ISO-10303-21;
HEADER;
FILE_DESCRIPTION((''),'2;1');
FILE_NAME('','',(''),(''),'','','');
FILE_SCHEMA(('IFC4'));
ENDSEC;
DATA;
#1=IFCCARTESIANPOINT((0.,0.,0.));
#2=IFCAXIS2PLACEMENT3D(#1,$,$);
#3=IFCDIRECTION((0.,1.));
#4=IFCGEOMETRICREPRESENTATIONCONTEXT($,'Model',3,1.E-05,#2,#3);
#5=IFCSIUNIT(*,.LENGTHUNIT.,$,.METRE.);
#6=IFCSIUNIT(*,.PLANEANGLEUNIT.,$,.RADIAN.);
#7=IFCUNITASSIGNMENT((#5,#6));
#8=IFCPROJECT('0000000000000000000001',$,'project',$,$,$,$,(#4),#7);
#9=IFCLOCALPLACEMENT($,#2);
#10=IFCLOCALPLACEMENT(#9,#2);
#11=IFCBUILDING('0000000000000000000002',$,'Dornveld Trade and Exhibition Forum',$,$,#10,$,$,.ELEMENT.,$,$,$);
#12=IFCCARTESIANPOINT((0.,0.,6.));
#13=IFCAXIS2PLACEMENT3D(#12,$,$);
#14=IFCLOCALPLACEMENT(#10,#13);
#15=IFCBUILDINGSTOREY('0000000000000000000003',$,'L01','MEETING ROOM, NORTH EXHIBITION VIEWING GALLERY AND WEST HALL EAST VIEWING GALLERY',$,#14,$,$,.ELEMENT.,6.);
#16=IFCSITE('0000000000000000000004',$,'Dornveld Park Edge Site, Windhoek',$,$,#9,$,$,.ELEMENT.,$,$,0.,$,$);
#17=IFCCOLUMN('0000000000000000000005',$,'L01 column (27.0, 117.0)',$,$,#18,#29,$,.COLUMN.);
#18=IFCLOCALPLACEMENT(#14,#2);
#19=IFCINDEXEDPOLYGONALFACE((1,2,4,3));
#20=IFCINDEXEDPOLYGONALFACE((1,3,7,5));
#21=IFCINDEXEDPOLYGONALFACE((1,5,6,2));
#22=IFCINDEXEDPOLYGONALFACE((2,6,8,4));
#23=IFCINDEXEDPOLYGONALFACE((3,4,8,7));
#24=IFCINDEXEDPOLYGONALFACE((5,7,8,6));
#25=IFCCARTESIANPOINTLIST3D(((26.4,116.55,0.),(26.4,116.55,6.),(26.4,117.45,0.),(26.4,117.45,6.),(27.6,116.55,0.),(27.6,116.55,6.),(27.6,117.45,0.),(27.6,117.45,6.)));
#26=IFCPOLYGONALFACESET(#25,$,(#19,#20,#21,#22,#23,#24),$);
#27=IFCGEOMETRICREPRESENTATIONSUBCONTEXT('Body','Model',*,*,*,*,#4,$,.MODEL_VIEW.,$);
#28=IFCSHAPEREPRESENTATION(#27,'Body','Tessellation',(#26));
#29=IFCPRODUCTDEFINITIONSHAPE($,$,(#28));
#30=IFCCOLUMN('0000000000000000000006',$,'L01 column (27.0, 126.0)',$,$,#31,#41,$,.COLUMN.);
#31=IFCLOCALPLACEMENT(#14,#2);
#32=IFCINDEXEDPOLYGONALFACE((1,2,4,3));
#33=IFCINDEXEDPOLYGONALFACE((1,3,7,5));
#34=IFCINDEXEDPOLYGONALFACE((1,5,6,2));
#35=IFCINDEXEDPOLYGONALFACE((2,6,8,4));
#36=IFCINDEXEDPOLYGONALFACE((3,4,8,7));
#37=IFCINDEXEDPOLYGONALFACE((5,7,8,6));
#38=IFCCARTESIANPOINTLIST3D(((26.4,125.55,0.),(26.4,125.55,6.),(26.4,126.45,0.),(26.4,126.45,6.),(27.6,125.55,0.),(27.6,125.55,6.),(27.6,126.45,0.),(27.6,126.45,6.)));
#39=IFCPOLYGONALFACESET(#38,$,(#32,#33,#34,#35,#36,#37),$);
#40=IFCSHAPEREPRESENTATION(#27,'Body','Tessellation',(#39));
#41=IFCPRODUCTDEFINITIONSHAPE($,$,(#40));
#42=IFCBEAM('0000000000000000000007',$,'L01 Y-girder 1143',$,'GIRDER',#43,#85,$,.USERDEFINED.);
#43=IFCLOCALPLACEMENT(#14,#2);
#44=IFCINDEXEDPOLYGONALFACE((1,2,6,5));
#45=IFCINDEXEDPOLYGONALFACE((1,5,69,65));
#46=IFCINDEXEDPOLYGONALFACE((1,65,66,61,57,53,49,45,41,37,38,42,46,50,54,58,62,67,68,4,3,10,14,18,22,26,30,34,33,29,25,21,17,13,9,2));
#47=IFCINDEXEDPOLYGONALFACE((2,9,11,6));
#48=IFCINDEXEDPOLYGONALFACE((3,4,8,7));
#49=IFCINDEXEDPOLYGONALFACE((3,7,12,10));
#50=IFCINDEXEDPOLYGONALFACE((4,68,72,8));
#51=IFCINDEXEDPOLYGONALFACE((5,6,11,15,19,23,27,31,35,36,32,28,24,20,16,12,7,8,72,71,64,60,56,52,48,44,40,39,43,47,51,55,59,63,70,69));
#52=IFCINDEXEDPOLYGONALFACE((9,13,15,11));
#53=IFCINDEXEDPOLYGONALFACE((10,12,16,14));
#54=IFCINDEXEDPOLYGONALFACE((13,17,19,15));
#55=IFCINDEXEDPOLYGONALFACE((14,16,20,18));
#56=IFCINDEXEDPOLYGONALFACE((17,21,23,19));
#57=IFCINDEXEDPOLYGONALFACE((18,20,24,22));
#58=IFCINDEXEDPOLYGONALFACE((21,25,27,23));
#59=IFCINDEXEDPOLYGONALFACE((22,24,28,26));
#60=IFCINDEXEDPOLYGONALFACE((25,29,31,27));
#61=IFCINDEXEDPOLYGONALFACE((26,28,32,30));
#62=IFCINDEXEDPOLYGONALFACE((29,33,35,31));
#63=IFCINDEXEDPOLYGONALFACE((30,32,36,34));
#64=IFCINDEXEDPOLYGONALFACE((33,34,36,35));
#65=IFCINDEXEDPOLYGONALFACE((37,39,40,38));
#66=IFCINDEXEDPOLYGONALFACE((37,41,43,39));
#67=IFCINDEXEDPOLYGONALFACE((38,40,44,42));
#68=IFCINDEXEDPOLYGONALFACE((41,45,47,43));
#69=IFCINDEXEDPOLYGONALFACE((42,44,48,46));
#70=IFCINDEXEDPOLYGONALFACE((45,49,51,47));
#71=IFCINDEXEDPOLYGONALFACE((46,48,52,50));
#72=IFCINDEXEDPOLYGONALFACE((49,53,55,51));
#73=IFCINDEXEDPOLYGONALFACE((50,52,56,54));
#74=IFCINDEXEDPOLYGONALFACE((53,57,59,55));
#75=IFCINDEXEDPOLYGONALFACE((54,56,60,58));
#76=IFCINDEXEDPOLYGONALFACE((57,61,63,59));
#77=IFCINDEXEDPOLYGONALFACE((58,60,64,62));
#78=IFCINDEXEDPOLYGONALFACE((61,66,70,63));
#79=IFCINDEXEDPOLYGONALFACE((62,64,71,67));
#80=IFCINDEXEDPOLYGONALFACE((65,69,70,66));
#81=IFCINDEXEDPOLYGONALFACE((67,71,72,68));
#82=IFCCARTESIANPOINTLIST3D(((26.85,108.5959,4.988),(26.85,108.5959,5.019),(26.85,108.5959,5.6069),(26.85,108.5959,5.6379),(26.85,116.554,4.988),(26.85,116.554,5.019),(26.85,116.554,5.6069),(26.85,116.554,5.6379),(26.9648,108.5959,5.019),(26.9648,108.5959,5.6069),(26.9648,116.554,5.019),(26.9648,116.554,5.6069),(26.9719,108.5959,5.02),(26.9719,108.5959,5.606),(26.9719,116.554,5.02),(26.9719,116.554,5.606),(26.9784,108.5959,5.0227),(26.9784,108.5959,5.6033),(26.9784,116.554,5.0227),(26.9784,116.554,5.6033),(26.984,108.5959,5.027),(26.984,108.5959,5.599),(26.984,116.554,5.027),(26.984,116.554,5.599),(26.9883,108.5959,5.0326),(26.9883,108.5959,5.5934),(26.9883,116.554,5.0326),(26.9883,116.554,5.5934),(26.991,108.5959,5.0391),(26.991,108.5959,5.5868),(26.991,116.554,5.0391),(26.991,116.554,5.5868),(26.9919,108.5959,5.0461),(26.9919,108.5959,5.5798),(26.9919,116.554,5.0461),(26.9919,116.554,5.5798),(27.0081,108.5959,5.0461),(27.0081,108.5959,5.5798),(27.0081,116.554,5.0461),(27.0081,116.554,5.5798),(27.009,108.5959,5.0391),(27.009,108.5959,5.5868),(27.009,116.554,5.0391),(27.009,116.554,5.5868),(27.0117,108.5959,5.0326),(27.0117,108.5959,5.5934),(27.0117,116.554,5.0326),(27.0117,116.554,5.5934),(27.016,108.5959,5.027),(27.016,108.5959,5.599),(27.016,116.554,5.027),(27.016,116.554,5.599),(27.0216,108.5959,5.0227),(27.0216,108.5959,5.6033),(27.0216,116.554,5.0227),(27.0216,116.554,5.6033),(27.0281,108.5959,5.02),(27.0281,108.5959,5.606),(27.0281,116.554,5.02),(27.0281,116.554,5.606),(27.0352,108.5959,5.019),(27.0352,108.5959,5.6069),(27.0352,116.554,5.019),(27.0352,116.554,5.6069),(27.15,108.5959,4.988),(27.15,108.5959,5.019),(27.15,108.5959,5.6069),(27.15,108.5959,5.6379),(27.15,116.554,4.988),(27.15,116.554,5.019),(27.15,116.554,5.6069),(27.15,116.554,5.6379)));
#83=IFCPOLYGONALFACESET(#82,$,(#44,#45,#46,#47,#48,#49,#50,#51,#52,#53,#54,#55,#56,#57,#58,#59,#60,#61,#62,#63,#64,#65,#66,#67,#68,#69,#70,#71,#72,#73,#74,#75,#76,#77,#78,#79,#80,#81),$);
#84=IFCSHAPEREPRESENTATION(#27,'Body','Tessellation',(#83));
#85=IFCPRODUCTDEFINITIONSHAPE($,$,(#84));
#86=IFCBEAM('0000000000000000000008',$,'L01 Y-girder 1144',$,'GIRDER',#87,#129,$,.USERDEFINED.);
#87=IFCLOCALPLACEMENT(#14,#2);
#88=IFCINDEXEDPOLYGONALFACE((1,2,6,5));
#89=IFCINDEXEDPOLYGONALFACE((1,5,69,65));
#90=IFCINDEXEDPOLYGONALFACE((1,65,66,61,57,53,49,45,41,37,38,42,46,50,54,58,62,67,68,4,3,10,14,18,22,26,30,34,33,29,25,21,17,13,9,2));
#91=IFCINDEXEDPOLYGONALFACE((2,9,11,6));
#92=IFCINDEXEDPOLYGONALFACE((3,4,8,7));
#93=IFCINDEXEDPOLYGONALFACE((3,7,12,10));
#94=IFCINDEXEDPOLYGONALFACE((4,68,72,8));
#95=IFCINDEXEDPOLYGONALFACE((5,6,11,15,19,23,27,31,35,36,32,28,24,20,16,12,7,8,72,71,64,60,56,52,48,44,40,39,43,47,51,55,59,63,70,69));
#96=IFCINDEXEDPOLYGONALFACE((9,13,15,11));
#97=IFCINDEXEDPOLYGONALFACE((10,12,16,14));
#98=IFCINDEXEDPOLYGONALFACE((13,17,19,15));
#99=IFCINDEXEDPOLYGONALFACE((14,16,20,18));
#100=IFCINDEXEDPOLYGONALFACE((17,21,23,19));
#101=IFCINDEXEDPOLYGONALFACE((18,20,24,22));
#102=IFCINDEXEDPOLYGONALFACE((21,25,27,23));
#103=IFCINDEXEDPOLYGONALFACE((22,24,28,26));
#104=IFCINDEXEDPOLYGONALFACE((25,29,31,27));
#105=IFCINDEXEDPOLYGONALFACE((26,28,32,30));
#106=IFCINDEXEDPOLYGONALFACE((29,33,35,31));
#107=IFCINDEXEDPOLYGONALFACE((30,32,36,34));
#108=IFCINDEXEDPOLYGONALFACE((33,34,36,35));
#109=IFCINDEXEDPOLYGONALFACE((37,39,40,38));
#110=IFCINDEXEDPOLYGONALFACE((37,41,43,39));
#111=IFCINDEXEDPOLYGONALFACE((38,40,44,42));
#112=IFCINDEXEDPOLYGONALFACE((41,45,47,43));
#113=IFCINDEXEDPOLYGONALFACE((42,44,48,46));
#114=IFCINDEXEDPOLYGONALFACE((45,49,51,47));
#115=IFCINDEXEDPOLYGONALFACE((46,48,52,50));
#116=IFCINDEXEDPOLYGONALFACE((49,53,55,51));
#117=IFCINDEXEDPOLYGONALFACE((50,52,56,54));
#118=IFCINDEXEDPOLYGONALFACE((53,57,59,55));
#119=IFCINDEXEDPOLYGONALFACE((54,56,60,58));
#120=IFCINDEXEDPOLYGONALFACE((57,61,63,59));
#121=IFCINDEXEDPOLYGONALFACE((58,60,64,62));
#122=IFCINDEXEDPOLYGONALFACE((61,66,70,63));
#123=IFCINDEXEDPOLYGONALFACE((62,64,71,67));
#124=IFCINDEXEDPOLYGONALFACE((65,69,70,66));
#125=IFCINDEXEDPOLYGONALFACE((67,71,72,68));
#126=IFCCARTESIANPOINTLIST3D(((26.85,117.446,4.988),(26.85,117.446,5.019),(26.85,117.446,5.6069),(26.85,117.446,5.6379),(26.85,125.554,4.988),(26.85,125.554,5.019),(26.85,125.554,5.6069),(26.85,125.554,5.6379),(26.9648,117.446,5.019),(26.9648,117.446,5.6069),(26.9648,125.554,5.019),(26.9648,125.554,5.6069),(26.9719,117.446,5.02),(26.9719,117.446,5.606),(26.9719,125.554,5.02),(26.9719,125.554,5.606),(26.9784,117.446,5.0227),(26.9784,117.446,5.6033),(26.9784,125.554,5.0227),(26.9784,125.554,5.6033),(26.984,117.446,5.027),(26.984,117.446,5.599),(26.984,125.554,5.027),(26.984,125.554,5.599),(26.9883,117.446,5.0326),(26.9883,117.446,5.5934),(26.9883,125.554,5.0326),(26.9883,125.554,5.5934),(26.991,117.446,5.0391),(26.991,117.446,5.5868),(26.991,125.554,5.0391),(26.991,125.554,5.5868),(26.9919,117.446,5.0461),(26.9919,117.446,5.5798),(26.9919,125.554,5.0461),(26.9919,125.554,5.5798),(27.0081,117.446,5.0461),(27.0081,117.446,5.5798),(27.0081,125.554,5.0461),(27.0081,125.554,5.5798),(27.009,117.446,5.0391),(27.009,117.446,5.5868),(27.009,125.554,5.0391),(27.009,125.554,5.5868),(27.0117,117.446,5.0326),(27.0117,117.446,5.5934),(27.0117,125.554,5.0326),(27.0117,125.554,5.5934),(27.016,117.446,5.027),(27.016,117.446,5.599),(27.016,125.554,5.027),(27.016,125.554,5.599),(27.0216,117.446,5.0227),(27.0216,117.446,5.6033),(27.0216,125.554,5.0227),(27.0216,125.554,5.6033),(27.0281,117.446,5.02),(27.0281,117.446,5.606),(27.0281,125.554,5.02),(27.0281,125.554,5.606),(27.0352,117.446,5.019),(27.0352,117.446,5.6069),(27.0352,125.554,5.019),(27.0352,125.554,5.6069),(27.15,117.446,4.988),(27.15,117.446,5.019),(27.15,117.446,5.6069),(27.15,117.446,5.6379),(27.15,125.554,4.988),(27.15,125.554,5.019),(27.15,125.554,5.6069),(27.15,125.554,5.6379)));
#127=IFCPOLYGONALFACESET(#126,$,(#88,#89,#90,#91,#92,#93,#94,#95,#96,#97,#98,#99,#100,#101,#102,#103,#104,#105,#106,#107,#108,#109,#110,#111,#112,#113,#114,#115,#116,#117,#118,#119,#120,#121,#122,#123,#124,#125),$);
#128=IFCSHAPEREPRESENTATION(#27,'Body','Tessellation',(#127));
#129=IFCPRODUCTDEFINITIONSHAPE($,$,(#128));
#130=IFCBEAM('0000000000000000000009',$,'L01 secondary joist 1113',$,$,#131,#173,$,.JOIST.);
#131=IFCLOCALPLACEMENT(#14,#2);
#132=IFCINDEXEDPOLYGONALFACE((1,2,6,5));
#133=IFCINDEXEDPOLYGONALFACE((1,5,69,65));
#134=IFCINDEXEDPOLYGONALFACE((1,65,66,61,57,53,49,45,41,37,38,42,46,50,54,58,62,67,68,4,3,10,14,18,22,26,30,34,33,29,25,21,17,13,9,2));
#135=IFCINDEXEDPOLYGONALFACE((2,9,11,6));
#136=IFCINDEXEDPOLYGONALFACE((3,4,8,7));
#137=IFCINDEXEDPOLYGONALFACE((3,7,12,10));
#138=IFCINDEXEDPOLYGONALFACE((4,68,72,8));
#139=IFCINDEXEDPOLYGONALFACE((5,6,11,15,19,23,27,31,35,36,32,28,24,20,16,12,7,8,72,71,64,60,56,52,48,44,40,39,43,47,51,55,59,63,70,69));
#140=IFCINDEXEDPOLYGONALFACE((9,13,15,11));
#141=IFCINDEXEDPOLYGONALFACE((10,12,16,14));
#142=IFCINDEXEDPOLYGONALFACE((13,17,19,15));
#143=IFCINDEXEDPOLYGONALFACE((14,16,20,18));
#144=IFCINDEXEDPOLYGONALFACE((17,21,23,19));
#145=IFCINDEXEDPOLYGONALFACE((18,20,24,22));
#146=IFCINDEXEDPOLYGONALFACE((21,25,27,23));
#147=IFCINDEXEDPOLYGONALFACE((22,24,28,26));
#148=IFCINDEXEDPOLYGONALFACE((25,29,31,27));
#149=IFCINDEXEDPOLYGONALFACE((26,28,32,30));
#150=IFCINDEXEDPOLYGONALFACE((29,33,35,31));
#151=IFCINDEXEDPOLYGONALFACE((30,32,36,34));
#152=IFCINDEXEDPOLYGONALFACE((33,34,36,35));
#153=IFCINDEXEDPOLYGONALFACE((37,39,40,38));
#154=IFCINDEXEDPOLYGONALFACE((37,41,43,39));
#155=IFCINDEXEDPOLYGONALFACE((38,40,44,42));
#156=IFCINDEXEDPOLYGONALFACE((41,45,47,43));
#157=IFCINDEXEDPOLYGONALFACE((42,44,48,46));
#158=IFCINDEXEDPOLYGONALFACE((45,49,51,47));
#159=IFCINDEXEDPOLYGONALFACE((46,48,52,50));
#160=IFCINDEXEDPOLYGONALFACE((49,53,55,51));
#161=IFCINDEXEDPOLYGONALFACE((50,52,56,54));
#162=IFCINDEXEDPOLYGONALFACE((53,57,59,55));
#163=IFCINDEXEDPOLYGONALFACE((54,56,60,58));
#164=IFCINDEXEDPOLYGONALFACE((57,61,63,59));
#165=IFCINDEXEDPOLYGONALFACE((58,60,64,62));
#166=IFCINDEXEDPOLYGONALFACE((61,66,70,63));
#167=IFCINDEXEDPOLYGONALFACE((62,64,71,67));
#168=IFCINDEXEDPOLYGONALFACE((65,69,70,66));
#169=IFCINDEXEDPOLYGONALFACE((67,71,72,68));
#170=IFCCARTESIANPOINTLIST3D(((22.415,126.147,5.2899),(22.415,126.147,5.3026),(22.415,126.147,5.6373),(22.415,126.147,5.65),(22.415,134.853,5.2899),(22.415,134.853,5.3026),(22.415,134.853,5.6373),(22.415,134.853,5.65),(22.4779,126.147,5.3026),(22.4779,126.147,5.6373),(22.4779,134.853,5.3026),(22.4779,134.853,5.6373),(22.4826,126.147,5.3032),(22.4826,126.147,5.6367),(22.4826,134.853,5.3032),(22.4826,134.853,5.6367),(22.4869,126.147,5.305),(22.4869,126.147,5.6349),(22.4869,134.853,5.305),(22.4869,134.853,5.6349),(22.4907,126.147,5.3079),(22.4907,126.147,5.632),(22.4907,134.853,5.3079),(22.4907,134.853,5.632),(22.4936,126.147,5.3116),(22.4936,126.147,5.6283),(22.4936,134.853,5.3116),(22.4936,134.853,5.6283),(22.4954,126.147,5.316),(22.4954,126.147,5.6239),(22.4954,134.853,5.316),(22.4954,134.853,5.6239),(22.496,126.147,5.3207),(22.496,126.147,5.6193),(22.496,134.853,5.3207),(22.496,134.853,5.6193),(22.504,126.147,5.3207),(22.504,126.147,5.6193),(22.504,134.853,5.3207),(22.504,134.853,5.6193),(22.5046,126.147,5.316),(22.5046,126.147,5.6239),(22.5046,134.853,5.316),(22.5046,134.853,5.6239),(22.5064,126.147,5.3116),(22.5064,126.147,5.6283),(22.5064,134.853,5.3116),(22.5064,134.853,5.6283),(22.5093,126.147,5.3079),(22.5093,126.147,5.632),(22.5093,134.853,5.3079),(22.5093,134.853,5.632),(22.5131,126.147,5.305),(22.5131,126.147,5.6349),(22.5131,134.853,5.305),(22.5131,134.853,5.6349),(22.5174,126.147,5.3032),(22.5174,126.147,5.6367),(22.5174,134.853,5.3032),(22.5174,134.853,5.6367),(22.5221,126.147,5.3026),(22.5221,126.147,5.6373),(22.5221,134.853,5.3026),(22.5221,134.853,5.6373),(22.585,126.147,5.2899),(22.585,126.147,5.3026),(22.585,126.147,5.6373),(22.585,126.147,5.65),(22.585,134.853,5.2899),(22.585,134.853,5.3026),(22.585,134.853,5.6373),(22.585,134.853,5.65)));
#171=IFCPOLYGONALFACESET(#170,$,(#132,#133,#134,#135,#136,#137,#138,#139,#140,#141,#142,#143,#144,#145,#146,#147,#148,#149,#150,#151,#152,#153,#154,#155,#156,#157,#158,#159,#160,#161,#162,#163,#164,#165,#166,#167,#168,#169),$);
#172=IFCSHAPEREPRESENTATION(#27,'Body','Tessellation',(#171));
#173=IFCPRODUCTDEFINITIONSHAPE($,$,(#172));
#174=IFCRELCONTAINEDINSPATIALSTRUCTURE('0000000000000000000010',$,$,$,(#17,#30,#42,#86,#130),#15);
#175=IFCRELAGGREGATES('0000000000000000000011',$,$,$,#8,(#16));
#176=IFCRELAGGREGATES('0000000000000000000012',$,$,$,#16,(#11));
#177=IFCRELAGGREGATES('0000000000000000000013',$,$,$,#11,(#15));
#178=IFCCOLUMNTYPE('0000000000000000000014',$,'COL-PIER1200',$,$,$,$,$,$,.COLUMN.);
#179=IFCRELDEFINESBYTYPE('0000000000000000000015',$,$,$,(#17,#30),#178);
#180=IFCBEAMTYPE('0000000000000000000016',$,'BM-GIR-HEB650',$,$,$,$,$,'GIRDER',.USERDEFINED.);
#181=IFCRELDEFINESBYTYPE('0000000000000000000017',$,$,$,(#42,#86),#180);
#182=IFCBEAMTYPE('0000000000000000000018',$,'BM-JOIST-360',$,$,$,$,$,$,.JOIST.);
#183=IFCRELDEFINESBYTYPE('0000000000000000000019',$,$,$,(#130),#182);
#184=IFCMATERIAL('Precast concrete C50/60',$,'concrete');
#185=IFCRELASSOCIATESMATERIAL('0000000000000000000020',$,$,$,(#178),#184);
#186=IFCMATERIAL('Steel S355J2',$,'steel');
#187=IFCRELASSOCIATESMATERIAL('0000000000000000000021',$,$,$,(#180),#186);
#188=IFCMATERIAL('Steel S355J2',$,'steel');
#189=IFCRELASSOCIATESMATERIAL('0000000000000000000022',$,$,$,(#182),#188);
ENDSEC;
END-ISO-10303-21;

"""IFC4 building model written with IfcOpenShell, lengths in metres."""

from ifc_helpers import new_model, si_unit, direction, frame, origin, origin_2d, place, context, subcontext, project, spatial, rectangle, i_section, extrude, material, material_profile, profile_set, type_object, element, save


model = new_model("IFC4")

# Units and contexts
model_context = context("Model", 3, precision=1e-05, world=origin(), true_north=direction((0.0, 1.0)))
body_context = subcontext(model_context, "Body", "Model", "MODEL_VIEW")
ifc_project = project(units=[si_unit("LENGTHUNIT", "METRE"), si_unit("PLANEANGLEUNIT", "RADIAN")], contexts=[model_context])

# Site, building, storey
site_placement = place(None, origin())
site = spatial("IfcSite", under=ifc_project, at=site_placement, Name="Dornveld Park Edge Site, Windhoek", CompositionType="ELEMENT", RefElevation=0.0)
building_placement = place(site_placement, origin())
building = spatial("IfcBuilding", under=site, at=building_placement, Name="Dornveld Trade and Exhibition Forum", CompositionType="ELEMENT")
storey_placement = place(building_placement, frame((0.0, 0.0, 6.0)))
storey = spatial("IfcBuildingStorey", under=building, at=storey_placement, Name="L01", Description="MEETING ROOM, NORTH EXHIBITION VIEWING GALLERY AND WEST HALL EAST VIEWING GALLERY", CompositionType="ELEMENT", Elevation=6.0)

# Columns
ifc_material_1 = material(Name="Precast concrete C50/60", Category="concrete")
ifc_material_profile_1 = material_profile(ifc_material_1, rectangle(XDim=1.2, YDim=0.8999, at=origin_2d()), Name="PC-PIER 1200x900")
ifc_profile_set_1 = profile_set([ifc_material_profile_1], Name="Precast concrete C50/60")
column_type = type_object("IfcColumnType", Name="COL-PIER1200", PredefinedType="COLUMN", material=ifc_profile_set_1)
for number, where, z_axis, x_axis, name in (
    (1, (27.0, 117.0, 0.0), (0.0, 0.0, 1.0), (1.0, 0.0, 0.0), "L01 column (27.0, 117.0)"),
    (2, (27.0, 126.0, 0.0), (0.0, 0.0, 1.0), (1.0, 0.0, 0.0), "L01 column (27.0, 126.0)"),
):
    element("IfcColumn", number, at=place(storey_placement, frame(where, z_axis=z_axis, x_axis=x_axis)), inside=storey, type_object=column_type, Name=name, PredefinedType="COLUMN", context=body_context, shape_type="SweptSolid", body=[
        extrude(rectangle(XDim=1.2, YDim=0.8999, at=origin_2d()), origin(), (0.0, 0.0, 1.0), 6.0),
    ])

# Beams
ifc_material_2 = material(Name="Steel S355J2", Category="steel")
ifc_material_profile_2 = material_profile(ifc_material_2, i_section(OverallWidth=0.3, OverallDepth=0.6499, WebThickness=0.0161, FlangeThickness=0.031, FilletRadius=0.0271, at=origin_2d()), Name="HEB 650")
ifc_profile_set_2 = profile_set([ifc_material_profile_2], Name="Steel S355J2")
beam_type_1 = type_object("IfcBeamType", Name="BM-GIR-HEB650", ElementType="GIRDER", PredefinedType="USERDEFINED", material=ifc_profile_set_2)
beam_1_placement = place(storey_placement, frame((27.0, 108.5959, 5.313), z_axis=(0.0, 1.0, 0.0), x_axis=(-1.0, 0.0, 0.0)))
element("IfcBeam", 3, at=beam_1_placement, inside=storey, type_object=beam_type_1, Name="L01 Y-girder 1143", ObjectType="GIRDER", PredefinedType="USERDEFINED", context=body_context, shape_type="SweptSolid", body=[
    extrude(i_section(OverallWidth=0.3, OverallDepth=0.6499, WebThickness=0.0161, FlangeThickness=0.031, FilletRadius=0.0271, at=origin_2d()), origin(), (0.0, 0.0, 1.0), 7.958),
])
beam_2_placement = place(storey_placement, frame((27.0, 117.446, 5.313), z_axis=(0.0, 1.0, 0.0), x_axis=(-1.0, 0.0, 0.0)))
element("IfcBeam", 4, at=beam_2_placement, inside=storey, type_object=beam_type_1, Name="L01 Y-girder 1144", ObjectType="GIRDER", PredefinedType="USERDEFINED", context=body_context, shape_type="SweptSolid", body=[
    extrude(i_section(OverallWidth=0.3, OverallDepth=0.6499, WebThickness=0.0161, FlangeThickness=0.031, FilletRadius=0.0271, at=origin_2d()), origin(), (0.0, 0.0, 1.0), 8.1079),
])
ifc_material_3 = material(Name="Steel S355J2", Category="steel")
ifc_material_profile_3 = material_profile(ifc_material_3, i_section(OverallWidth=0.1699, OverallDepth=0.3601, WebThickness=0.0081, FlangeThickness=0.0127, FilletRadius=0.0181, at=origin_2d()), Name="IPE 360")
ifc_profile_set_3 = profile_set([ifc_material_profile_3], Name="Steel S355J2")
beam_type_2 = type_object("IfcBeamType", Name="BM-JOIST-360", PredefinedType="JOIST", material=ifc_profile_set_3)
beam_3_placement = place(storey_placement, frame((22.5, 126.147, 5.47), z_axis=(0.0, 1.0, 0.0), x_axis=(-1.0, 0.0, 0.0)))
element("IfcBeam", 5, at=beam_3_placement, inside=storey, type_object=beam_type_2, Name="L01 secondary joist 1113", PredefinedType="JOIST", context=body_context, shape_type="SweptSolid", body=[
    extrude(i_section(OverallWidth=0.1699, OverallDepth=0.3601, WebThickness=0.0081, FlangeThickness=0.0127, FilletRadius=0.0181, at=origin_2d()), origin(), (0.0, 0.0, 1.0), 8.7061),
])

save(model, "model.ifc")
